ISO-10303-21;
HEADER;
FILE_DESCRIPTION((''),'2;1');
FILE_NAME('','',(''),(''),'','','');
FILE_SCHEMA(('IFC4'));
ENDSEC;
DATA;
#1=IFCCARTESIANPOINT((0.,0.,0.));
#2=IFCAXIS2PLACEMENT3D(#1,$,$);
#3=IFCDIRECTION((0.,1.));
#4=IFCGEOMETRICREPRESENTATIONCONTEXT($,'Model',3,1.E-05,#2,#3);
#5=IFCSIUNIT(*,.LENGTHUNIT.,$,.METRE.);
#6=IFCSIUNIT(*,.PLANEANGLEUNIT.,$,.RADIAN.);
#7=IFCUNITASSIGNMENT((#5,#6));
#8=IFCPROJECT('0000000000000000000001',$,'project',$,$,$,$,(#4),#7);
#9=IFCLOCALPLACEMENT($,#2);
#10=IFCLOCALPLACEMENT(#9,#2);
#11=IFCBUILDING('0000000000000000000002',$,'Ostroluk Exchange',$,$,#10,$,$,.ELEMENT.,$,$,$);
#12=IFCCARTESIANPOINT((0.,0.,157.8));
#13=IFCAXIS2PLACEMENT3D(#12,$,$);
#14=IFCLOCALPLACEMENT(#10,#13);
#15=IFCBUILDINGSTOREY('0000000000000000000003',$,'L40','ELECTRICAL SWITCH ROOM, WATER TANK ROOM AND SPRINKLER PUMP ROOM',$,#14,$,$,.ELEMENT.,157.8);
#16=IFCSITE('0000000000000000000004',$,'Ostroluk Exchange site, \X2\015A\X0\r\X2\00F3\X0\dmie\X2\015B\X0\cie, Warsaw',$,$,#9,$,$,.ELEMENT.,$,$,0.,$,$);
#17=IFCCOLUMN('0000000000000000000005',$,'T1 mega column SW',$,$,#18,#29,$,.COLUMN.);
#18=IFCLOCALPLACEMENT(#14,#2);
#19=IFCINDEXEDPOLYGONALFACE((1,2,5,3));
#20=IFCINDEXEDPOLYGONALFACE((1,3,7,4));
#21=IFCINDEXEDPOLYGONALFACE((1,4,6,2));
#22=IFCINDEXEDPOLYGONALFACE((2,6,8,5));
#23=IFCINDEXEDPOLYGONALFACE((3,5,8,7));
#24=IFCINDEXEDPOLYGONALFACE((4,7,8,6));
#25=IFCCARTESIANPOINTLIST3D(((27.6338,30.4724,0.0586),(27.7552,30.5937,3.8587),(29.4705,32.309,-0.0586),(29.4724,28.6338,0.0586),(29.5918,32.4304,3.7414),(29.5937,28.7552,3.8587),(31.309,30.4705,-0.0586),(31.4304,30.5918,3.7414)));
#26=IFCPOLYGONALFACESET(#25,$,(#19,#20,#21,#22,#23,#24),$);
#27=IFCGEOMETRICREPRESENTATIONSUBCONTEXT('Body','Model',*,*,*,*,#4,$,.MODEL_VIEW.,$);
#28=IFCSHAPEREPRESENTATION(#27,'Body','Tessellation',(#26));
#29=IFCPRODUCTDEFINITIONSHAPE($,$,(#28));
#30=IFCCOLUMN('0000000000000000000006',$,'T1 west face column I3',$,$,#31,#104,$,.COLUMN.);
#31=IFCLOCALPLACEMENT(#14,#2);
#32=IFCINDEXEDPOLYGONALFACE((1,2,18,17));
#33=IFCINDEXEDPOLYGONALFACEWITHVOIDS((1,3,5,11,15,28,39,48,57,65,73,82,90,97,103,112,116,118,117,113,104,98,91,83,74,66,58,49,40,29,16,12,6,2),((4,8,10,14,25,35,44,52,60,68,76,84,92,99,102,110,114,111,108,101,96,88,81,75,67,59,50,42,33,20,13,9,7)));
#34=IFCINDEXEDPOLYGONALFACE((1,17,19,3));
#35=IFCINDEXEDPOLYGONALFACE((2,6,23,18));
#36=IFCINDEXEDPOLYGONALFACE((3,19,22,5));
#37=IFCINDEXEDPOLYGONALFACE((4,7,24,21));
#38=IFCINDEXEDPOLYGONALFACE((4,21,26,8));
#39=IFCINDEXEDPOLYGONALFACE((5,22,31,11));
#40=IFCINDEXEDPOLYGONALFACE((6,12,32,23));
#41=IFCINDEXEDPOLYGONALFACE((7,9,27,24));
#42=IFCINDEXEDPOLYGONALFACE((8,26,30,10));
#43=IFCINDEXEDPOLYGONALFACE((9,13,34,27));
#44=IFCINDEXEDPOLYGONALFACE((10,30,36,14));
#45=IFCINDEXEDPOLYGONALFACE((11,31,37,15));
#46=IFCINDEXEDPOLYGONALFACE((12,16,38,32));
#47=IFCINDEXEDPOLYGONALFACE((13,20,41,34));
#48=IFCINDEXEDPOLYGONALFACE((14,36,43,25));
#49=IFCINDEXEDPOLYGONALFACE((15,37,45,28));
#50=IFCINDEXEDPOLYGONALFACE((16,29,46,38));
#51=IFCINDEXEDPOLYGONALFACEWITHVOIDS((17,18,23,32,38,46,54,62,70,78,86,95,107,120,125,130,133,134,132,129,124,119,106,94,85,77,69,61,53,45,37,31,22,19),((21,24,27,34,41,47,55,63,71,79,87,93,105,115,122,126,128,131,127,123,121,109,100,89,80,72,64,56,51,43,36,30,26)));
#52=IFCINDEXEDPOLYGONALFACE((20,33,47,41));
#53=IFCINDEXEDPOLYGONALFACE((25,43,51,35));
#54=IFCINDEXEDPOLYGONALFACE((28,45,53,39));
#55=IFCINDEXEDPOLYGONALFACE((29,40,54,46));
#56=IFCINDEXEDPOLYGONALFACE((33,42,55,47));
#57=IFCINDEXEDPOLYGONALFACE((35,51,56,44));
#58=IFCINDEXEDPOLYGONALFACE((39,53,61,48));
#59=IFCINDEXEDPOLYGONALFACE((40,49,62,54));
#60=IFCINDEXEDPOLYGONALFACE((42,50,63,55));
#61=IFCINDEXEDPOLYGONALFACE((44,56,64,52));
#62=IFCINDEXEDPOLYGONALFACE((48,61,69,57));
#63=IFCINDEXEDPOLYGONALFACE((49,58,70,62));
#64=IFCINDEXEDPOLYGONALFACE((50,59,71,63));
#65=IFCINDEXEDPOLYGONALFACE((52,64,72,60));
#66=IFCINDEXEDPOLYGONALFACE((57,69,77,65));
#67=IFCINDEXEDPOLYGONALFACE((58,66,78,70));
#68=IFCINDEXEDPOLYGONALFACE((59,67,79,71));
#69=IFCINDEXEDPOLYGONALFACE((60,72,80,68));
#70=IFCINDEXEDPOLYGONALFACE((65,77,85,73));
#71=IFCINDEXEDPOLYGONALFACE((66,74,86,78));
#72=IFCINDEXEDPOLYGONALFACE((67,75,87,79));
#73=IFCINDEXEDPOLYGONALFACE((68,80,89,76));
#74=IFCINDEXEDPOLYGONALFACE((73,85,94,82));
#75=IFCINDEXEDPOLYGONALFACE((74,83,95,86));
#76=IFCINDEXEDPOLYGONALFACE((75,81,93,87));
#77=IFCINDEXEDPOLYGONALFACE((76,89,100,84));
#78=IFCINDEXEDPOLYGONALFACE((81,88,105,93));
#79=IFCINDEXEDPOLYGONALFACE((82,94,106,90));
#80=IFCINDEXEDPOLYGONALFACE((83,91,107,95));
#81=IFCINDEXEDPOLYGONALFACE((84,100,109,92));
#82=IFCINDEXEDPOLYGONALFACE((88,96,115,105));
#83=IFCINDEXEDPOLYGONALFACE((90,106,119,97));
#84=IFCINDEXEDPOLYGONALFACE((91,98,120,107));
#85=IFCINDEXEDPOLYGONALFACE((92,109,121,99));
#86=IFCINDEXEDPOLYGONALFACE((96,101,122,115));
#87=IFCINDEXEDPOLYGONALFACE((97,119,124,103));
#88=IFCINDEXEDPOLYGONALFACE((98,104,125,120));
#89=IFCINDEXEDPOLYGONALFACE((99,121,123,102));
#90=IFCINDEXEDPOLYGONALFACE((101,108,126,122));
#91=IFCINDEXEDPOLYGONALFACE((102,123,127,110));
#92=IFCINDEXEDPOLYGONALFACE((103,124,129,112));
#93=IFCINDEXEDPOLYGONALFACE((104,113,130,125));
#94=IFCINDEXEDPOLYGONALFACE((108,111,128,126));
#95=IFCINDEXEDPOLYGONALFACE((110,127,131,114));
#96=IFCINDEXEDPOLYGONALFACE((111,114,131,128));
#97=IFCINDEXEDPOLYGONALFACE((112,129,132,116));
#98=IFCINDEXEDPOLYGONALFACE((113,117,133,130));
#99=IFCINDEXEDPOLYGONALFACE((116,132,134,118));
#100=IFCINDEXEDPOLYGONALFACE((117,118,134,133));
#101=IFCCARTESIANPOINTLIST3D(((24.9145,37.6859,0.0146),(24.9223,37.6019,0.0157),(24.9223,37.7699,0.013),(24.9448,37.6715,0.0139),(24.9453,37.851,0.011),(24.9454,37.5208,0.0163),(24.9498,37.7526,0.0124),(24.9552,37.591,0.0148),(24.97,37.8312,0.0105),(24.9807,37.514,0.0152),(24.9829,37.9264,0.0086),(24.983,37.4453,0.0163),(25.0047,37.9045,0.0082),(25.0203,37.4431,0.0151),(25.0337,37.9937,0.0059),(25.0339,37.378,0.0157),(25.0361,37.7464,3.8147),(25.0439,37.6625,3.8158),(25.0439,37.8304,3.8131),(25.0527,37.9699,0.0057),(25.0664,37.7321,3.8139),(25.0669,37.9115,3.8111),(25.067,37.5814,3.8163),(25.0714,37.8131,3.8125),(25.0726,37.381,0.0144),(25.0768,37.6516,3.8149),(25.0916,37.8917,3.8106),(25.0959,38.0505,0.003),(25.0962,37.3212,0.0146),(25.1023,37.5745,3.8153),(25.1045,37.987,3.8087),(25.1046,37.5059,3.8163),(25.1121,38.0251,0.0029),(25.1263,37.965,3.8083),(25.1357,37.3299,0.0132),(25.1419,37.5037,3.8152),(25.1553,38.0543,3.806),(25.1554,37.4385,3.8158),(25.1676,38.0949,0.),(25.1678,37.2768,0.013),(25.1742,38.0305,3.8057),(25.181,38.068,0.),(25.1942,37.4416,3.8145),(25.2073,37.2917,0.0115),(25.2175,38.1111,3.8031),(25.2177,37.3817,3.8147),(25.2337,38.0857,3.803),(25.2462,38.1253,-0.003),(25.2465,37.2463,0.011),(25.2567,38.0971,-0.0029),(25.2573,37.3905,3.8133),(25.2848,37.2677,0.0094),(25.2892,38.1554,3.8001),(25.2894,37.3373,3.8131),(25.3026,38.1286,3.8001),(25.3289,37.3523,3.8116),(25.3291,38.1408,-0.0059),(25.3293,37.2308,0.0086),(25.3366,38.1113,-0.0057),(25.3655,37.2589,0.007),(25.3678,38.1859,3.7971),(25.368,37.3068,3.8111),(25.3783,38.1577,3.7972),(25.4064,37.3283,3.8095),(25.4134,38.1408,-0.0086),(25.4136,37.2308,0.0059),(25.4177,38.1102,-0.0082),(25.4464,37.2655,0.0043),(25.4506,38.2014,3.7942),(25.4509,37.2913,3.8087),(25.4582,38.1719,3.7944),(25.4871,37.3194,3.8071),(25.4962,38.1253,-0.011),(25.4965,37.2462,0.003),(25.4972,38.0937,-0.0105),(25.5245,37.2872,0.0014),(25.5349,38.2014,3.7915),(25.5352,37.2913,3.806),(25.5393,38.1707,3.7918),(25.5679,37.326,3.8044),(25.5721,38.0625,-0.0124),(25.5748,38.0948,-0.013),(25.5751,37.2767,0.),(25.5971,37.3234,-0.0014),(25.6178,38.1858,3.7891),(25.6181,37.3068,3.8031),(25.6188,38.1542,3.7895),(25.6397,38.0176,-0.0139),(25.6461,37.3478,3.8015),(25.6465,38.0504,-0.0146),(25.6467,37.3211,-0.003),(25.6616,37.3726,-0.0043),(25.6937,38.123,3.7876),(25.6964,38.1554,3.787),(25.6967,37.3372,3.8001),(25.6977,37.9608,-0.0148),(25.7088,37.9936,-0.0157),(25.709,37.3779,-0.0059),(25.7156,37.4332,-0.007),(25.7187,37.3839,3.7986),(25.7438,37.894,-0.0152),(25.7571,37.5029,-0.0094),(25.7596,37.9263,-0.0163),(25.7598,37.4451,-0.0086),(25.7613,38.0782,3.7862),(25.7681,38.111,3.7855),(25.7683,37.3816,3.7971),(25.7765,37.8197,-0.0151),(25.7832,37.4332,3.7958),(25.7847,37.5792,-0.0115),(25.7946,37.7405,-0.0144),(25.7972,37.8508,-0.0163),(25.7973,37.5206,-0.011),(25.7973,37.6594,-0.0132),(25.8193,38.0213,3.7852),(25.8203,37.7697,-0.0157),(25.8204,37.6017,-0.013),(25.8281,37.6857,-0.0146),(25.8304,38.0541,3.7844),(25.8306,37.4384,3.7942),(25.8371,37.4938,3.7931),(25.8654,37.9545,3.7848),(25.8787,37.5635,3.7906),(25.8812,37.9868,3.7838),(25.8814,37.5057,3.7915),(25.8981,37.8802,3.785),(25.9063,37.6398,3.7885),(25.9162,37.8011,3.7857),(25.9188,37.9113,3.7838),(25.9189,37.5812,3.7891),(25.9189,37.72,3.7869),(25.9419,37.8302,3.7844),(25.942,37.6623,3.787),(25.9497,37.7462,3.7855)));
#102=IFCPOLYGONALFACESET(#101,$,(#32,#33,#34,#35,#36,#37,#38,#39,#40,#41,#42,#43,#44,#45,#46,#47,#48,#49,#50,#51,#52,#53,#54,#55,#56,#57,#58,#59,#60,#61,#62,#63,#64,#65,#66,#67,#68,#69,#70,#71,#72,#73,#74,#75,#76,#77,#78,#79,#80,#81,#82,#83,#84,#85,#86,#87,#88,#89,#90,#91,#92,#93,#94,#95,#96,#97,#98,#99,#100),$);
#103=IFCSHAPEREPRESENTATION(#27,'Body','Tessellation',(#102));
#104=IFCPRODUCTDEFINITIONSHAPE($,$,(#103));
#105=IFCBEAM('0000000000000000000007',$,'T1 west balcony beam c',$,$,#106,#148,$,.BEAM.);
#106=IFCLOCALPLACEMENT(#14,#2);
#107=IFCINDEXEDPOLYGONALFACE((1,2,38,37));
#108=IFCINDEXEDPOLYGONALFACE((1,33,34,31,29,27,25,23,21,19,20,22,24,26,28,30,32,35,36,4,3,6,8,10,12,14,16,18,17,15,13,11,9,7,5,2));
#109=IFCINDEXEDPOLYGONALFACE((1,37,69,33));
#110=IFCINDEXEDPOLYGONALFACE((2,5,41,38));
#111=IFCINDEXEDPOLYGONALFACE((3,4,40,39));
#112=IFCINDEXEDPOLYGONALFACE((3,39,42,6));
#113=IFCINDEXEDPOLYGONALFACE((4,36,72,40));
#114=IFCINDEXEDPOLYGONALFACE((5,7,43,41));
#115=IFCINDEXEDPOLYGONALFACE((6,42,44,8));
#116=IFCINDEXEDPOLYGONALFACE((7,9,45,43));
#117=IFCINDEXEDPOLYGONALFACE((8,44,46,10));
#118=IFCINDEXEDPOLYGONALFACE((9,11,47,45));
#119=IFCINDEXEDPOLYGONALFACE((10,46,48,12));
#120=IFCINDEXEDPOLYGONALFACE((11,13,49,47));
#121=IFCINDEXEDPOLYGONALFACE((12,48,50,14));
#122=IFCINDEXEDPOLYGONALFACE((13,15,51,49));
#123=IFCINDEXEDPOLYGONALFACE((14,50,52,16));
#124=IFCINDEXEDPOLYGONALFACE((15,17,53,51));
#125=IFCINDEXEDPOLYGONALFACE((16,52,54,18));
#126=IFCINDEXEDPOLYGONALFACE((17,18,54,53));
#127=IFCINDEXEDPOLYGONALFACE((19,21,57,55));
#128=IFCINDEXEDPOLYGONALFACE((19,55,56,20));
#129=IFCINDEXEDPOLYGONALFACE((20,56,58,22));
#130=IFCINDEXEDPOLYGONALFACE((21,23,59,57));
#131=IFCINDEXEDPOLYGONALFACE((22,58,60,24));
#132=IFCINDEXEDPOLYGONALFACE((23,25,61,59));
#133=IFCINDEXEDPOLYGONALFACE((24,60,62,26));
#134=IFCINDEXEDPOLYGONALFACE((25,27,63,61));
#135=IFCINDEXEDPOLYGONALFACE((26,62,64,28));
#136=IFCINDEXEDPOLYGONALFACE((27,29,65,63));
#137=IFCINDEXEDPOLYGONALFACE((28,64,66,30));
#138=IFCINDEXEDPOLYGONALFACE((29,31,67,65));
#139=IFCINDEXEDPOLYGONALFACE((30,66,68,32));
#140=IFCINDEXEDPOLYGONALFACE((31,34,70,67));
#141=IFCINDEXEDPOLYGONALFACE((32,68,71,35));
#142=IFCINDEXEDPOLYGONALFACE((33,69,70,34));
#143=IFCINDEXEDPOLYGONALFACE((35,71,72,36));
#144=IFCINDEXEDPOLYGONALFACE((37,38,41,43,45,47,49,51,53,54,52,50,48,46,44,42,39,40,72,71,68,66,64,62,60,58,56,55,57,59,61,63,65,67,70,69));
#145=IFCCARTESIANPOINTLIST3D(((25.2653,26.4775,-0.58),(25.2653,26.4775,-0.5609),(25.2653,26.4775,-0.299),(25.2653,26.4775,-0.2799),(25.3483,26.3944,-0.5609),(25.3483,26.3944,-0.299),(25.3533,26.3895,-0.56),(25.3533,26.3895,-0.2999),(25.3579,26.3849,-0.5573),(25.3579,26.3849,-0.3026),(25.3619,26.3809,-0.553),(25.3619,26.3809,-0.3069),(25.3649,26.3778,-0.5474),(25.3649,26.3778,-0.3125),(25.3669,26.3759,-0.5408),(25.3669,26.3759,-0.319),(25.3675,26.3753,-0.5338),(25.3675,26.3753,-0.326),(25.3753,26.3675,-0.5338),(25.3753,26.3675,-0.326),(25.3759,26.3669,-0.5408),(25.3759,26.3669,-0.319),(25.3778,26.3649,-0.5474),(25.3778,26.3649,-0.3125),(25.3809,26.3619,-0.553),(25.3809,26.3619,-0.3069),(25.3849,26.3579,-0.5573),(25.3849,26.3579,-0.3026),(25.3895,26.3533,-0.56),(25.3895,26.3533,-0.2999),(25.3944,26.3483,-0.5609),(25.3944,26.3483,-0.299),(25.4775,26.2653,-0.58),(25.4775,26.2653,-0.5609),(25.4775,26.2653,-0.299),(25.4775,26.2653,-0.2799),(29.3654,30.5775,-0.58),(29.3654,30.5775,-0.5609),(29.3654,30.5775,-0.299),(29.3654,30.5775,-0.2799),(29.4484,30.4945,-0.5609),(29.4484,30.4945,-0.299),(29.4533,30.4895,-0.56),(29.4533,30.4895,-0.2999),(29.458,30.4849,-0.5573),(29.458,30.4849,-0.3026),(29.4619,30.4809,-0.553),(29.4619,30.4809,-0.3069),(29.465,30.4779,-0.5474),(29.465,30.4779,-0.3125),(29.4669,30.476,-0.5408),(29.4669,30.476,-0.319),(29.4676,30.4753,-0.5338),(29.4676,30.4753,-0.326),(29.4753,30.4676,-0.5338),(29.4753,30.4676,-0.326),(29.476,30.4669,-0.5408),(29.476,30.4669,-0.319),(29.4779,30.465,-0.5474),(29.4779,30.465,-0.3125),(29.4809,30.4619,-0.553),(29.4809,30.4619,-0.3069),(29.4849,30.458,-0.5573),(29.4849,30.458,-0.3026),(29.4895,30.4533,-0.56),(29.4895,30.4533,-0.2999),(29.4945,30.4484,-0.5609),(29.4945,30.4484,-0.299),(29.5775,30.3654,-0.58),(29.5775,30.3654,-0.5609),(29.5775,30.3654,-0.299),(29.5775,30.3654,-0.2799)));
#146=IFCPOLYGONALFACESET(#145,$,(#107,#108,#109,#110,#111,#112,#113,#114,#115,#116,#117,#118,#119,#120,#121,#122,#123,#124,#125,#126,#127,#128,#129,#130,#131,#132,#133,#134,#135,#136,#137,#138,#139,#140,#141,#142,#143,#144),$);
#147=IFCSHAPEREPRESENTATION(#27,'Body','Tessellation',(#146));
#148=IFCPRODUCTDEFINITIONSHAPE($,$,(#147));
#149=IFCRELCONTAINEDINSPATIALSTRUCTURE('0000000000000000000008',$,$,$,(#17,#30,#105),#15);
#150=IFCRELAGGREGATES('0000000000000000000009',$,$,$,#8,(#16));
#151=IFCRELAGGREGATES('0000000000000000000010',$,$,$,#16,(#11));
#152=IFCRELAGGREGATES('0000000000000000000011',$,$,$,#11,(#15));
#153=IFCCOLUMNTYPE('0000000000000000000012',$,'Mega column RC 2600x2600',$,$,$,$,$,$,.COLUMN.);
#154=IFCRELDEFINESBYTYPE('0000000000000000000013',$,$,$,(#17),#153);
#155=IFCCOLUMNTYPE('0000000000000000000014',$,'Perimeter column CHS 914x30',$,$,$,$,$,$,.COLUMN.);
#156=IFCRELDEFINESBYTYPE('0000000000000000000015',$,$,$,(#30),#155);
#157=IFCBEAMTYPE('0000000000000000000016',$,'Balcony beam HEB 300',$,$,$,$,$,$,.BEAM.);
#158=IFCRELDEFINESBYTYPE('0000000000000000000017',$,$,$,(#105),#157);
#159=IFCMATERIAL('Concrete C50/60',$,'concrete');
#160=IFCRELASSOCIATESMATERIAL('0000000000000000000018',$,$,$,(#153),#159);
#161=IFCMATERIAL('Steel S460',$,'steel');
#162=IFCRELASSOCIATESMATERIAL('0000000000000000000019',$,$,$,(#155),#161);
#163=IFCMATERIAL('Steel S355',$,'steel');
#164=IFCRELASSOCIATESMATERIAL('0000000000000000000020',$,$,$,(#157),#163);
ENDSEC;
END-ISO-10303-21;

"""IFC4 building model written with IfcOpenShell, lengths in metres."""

from ifc_helpers import new_model, si_unit, direction, frame, origin, origin_2d, place, context, subcontext, project, spatial, rectangle, hollow_circle, i_section, extrude, material, material_profile, profile_set, type_object, element, save


model = new_model("IFC4")

# Units and contexts
model_context = context("Model", 3, precision=1e-05, world=origin(), true_north=direction((0.0, 1.0)))
body_context = subcontext(model_context, "Body", "Model", "MODEL_VIEW")
ifc_project = project(units=[si_unit("LENGTHUNIT", "METRE"), si_unit("PLANEANGLEUNIT", "RADIAN")], contexts=[model_context])

# Site, building, storey
site_placement = place(None, origin())
site = spatial("IfcSite", under=ifc_project, at=site_placement, Name="Ostroluk Exchange site, Śródmieście, Warsaw", CompositionType="ELEMENT", RefElevation=0.0)
building_placement = place(site_placement, origin())
building = spatial("IfcBuilding", under=site, at=building_placement, Name="Ostroluk Exchange", CompositionType="ELEMENT")
storey_placement = place(building_placement, frame((0.0, 0.0, 157.8)))
storey = spatial("IfcBuildingStorey", under=building, at=storey_placement, Name="L40", Description="ELECTRICAL SWITCH ROOM, WATER TANK ROOM AND SPRINKLER PUMP ROOM", CompositionType="ELEMENT", Elevation=157.8)

# Columns
ifc_material_1 = material(Name="Concrete C50/60", Category="concrete")
ifc_material_profile_1 = material_profile(ifc_material_1, rectangle(XDim=2.6001, YDim=2.6001, at=origin_2d()), Name="RC 2600x2600")
ifc_profile_set_1 = profile_set([ifc_material_profile_1], Name="Concrete C50/60")
column_type_1 = type_object("IfcColumnType", Name="Mega column RC 2600x2600", PredefinedType="COLUMN", material=ifc_profile_set_1)
column_1_placement = place(storey_placement, frame((29.4714, 30.4714, 0.0), z_axis=(0.031898, 0.031898, 0.998982), x_axis=(-0.707107, 0.707107, 0.0)))
element("IfcColumn", 1, at=column_1_placement, inside=storey, type_object=column_type_1, Name="T1 mega column SW", PredefinedType="COLUMN", context=body_context, shape_type="SweptSolid", body=[
    extrude(rectangle(XDim=2.6001, YDim=2.6001, at=origin_2d()), origin(), (0.0, 0.0, 1.0), 3.804),
])
ifc_material_2 = material(Name="Steel S460", Category="steel")
ifc_material_profile_2 = material_profile(ifc_material_2, hollow_circle(Radius=0.457, WallThickness=0.03, at=origin_2d()), Name="CHS 914x30")
ifc_profile_set_2 = profile_set([ifc_material_profile_2], Name="Steel S460")
column_type_2 = type_object("IfcColumnType", Name="Perimeter column CHS 914x30", PredefinedType="COLUMN", material=ifc_profile_set_2)
column_2_placement = place(storey_placement, frame((25.3713, 37.6858, 0.0), z_axis=(0.031974, 0.015923, 0.999362), x_axis=(-0.445775, 0.895145, 0.0)))
element("IfcColumn", 2, at=column_2_placement, inside=storey, type_object=column_type_2, Name="T1 west face column I3", PredefinedType="COLUMN", context=body_context, shape_type="SweptSolid", body=[
    extrude(hollow_circle(Radius=0.457, WallThickness=0.03, at=origin_2d()), origin(), (0.0, 0.0, 1.0), 3.8025),
])

# Beam
ifc_material_3 = material(Name="Steel S355", Category="steel")
ifc_material_profile_3 = material_profile(ifc_material_3, i_section(OverallWidth=0.3, OverallDepth=0.3, WebThickness=0.011, FlangeThickness=0.019, FilletRadius=0.0271, at=origin_2d()), Name="HEB 300")
ifc_profile_set_3 = profile_set([ifc_material_profile_3], Name="Steel S355")
beam_type_1 = type_object("IfcBeamType", Name="Balcony beam HEB 300", PredefinedType="BEAM", material=ifc_profile_set_3)
beam_placement = place(storey_placement, frame((29.4714, 30.4714, -0.4299), z_axis=(-0.707107, -0.707107, 0.0), x_axis=(0.707107, -0.707107, 0.0)))
element("IfcBeam", 3, at=beam_placement, inside=storey, type_object=beam_type_1, Name="T1 west balcony beam c", PredefinedType="BEAM", context=body_context, shape_type="SweptSolid", body=[
    extrude(i_section(OverallWidth=0.3, OverallDepth=0.3, WebThickness=0.011, FlangeThickness=0.019, FilletRadius=0.0271, at=origin_2d()), origin(), (0.0, 0.0, 1.0), 5.7983),
])

save(model, "model.ifc")
